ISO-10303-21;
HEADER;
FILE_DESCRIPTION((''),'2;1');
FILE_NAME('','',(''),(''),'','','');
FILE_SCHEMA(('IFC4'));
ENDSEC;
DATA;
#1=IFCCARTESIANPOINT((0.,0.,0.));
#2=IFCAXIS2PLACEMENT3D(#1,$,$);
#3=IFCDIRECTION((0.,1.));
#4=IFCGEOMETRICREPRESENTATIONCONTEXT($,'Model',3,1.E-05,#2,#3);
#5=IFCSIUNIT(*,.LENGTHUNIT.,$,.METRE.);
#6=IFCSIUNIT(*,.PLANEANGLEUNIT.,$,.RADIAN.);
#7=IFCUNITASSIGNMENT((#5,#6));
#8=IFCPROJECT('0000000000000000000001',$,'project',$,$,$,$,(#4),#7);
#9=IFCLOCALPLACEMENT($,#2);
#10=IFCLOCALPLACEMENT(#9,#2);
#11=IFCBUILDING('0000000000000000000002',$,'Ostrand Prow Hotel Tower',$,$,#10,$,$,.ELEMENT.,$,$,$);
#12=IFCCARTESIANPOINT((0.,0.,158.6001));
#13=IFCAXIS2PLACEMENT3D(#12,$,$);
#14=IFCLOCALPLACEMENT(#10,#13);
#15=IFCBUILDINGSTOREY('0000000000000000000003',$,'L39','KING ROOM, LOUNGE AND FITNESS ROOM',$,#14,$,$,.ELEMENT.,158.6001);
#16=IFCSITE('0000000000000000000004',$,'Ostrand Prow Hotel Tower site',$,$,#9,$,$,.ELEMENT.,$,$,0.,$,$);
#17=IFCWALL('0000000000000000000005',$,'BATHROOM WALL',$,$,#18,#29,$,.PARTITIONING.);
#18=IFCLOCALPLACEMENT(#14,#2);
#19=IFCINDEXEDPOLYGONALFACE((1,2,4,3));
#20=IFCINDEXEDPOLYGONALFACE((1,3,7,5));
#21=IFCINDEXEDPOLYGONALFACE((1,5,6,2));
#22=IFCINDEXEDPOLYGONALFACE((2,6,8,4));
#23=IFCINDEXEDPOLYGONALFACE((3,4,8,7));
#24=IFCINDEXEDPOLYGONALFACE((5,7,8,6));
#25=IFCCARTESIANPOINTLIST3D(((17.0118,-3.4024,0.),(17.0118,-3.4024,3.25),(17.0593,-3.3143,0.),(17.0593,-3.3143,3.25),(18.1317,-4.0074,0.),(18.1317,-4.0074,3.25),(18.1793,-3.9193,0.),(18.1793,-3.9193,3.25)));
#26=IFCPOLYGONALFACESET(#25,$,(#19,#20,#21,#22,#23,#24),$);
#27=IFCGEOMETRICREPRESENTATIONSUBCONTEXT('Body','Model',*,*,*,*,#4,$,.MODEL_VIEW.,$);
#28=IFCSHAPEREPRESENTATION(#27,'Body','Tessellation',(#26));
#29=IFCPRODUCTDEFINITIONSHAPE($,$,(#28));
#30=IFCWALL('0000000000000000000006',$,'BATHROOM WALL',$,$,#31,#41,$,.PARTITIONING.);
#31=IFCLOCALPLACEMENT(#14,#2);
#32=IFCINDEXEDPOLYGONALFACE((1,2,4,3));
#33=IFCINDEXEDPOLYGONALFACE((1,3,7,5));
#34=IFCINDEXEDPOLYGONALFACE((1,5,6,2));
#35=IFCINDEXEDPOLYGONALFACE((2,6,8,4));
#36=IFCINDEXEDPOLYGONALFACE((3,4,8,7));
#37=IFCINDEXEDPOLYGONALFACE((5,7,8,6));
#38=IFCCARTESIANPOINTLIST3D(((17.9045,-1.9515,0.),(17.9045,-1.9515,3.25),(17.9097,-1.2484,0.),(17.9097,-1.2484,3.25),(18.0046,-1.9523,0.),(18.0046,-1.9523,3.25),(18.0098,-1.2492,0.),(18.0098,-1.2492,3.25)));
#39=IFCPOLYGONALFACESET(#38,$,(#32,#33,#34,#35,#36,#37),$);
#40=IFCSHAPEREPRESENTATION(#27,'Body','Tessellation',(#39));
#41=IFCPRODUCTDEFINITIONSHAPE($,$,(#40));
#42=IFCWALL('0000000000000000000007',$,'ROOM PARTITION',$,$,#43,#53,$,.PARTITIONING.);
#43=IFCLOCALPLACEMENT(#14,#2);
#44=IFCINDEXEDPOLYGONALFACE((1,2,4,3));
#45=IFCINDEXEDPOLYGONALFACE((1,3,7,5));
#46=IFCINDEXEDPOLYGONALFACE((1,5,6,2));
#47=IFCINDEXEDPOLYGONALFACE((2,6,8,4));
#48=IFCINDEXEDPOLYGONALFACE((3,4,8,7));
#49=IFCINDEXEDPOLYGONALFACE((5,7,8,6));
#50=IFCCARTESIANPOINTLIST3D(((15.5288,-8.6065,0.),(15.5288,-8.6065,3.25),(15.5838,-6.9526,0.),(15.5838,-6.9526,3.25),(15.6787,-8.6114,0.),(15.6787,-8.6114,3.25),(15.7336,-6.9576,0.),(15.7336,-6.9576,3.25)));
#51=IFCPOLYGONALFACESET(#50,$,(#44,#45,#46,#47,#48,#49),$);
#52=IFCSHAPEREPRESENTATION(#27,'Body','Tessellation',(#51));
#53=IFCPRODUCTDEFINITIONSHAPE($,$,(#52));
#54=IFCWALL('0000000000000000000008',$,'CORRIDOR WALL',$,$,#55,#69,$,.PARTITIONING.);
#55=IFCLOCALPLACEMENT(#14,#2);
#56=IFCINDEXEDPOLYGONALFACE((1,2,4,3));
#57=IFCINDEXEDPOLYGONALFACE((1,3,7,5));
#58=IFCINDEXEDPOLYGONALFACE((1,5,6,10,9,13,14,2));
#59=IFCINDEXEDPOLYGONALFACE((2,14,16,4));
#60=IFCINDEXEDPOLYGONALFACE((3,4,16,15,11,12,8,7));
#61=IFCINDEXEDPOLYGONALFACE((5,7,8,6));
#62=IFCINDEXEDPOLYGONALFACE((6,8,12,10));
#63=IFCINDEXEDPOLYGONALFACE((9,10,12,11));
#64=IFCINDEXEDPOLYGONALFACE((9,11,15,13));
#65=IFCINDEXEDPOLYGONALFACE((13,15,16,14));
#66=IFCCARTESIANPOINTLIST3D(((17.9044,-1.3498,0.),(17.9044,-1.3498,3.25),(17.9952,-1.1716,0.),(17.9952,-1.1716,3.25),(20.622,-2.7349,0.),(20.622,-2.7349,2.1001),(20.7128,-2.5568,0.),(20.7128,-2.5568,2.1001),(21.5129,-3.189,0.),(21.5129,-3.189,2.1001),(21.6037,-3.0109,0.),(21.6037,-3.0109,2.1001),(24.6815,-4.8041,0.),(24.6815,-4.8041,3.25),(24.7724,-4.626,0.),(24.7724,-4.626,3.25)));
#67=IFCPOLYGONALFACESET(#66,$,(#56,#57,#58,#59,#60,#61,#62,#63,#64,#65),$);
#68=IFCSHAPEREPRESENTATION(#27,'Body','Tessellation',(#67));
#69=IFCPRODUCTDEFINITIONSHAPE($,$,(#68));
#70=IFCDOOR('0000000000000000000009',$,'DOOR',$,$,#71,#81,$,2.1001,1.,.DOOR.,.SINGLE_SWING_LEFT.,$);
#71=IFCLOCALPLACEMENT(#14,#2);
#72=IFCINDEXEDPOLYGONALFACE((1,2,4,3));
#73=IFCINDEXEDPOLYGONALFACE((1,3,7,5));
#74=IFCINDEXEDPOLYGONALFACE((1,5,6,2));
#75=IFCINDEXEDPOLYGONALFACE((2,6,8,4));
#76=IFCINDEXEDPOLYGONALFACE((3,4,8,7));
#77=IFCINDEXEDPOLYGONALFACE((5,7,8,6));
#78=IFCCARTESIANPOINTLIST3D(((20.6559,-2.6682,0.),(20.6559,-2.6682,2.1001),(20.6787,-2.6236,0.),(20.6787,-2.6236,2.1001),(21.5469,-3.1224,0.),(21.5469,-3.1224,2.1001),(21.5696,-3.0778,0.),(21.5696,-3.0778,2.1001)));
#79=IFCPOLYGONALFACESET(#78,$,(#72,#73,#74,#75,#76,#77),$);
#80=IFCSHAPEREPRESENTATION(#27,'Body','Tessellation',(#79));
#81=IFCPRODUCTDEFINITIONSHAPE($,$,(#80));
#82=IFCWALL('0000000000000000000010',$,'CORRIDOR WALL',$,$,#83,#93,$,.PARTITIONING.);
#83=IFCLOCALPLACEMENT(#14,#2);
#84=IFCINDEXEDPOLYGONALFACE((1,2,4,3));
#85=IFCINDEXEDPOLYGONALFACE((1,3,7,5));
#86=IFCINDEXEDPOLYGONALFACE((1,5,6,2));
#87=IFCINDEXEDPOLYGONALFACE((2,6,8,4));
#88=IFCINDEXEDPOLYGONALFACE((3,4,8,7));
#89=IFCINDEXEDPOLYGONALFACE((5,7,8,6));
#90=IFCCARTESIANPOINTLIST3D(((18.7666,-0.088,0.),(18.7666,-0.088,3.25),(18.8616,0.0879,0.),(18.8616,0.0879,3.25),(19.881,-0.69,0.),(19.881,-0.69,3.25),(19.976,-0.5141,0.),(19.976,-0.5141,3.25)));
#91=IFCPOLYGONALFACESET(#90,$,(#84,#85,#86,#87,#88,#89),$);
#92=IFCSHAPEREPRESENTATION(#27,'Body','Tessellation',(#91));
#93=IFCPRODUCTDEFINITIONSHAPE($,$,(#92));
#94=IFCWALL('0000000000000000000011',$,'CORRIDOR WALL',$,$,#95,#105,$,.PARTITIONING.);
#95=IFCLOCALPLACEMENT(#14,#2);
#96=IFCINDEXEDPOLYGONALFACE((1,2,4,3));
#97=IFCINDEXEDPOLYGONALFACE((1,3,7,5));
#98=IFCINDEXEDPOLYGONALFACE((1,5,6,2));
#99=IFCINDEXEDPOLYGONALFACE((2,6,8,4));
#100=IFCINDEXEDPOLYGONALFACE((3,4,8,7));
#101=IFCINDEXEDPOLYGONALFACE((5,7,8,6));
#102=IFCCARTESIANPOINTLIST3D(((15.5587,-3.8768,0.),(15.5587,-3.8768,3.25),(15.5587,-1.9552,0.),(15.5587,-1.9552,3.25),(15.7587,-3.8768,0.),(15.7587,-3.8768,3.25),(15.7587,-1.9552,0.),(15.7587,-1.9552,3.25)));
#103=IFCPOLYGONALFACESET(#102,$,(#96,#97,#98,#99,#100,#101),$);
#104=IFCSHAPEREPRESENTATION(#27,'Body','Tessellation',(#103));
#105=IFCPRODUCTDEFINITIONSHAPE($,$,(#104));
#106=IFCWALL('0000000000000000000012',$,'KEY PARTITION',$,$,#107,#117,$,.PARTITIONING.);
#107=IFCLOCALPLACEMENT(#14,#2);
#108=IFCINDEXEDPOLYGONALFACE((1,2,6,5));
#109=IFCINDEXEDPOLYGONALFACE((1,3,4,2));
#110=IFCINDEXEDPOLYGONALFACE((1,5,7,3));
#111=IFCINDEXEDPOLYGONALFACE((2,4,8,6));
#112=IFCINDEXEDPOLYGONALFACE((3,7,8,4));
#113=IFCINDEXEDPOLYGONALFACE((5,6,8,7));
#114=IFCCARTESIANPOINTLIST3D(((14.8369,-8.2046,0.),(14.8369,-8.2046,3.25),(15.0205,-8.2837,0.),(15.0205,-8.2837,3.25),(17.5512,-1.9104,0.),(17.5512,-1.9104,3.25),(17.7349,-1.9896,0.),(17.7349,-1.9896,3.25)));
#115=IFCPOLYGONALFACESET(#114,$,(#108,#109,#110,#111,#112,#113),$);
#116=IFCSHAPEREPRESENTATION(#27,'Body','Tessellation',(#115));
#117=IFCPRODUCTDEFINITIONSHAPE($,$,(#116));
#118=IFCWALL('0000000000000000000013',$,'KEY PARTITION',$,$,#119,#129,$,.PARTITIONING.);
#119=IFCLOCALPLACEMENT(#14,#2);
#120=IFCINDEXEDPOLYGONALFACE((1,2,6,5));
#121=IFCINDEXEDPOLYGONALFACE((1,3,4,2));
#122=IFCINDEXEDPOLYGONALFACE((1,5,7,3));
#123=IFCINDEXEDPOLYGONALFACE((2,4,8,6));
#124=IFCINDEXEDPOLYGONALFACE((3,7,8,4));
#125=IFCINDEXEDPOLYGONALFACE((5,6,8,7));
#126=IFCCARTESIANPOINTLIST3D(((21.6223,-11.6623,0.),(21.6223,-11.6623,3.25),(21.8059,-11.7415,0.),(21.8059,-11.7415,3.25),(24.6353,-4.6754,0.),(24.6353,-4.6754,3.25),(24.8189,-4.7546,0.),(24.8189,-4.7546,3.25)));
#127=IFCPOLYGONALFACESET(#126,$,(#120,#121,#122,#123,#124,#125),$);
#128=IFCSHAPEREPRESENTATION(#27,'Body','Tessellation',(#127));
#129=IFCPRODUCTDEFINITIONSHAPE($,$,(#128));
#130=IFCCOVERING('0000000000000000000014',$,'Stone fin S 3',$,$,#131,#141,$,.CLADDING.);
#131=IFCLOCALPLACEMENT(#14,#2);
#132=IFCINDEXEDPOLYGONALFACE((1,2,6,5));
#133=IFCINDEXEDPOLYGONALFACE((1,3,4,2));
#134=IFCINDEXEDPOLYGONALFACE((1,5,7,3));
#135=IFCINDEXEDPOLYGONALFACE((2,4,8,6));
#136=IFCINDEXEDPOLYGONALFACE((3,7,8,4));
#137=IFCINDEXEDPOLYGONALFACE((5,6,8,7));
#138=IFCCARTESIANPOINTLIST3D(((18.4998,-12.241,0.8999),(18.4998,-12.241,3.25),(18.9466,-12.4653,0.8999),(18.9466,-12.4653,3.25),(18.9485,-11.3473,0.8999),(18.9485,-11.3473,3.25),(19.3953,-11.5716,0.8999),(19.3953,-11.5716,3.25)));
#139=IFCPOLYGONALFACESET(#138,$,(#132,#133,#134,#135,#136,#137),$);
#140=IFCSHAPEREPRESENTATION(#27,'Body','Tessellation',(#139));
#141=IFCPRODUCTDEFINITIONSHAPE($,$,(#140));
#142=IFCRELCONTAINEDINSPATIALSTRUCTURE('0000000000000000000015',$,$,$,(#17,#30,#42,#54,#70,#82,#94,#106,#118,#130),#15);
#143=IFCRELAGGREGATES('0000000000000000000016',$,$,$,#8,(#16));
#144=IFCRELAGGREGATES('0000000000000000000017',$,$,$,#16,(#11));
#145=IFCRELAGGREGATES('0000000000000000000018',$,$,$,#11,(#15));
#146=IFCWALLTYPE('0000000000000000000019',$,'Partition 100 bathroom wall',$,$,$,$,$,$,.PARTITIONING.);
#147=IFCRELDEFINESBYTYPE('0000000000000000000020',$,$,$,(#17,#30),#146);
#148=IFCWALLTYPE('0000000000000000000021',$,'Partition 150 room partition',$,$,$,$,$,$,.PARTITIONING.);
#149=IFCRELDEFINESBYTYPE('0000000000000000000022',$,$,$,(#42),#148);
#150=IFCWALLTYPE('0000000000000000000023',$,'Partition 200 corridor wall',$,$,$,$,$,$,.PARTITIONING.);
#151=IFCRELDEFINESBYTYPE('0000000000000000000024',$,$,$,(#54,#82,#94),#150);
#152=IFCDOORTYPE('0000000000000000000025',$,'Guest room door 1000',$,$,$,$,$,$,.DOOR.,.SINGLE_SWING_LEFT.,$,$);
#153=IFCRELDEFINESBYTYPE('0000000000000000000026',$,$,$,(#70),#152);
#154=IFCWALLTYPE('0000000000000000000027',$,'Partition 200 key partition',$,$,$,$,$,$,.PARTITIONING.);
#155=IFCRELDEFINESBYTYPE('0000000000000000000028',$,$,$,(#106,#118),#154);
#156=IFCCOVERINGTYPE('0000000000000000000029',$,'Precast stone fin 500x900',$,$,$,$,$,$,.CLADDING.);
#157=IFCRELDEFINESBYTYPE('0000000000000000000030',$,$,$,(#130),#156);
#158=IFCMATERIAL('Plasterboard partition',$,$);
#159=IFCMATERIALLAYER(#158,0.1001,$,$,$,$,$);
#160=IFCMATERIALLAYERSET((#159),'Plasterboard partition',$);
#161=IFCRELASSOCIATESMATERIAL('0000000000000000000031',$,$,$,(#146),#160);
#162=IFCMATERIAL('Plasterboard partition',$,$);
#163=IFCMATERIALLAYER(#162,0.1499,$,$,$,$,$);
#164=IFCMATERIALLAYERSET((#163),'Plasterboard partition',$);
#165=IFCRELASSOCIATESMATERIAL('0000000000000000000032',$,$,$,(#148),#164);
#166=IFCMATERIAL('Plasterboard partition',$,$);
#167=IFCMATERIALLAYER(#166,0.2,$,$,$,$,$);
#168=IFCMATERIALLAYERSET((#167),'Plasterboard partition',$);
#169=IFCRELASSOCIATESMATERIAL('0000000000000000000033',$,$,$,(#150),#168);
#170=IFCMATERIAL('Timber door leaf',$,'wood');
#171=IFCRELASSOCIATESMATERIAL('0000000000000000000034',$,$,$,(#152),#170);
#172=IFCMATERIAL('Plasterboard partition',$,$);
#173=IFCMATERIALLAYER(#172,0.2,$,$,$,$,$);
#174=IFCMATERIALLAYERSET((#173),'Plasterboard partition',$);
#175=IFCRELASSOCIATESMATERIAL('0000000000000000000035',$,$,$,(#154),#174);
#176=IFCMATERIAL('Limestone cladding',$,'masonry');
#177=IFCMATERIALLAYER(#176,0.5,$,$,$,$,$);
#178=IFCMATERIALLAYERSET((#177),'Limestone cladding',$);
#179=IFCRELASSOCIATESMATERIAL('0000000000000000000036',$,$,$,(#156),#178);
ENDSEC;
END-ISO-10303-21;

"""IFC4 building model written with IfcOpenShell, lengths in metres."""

from ifc_helpers import new_model, si_unit, direction, frame, frame_2d, origin, place, context, subcontext, project, spatial, rectangle, extrude, material, layer, layer_set, type_object, element, fill, save


model = new_model("IFC4")

# Units and contexts
model_context = context("Model", 3, precision=1e-05, world=origin(), true_north=direction((0.0, 1.0)))
body_context = subcontext(model_context, "Body", "Model", "MODEL_VIEW")
ifc_project = project(units=[si_unit("LENGTHUNIT", "METRE"), si_unit("PLANEANGLEUNIT", "RADIAN")], contexts=[model_context])

# Site, building, storey
site_placement = place(None, origin())
site = spatial("IfcSite", under=ifc_project, at=site_placement, Name="Ostrand Prow Hotel Tower site", CompositionType="ELEMENT", RefElevation=0.0)
building_placement = place(site_placement, origin())
building = spatial("IfcBuilding", under=site, at=building_placement, Name="Ostrand Prow Hotel Tower", CompositionType="ELEMENT")
storey_placement = place(building_placement, frame((0.0, 0.0, 158.6001)))
storey = spatial("IfcBuildingStorey", under=building, at=storey_placement, Name="L39", Description="KING ROOM, LOUNGE AND FITNESS ROOM", CompositionType="ELEMENT", Elevation=158.6001)

# Shared definitions
ifc_material_1 = material(Name="Plasterboard partition")
ifc_layer_1 = layer(ifc_material_1, 0.1001)
ifc_layer_set_1 = layer_set([ifc_layer_1], Name="Plasterboard partition")
wall_type_1 = type_object("IfcWallType", Name="Partition 100 bathroom wall", PredefinedType="PARTITIONING", material=ifc_layer_set_1)

# Walls
wall_1_placement = place(storey_placement, frame((18.1555, -3.9634, 0.0), z_axis=(0.0, 0.0, 1.0), x_axis=(-0.879824, 0.4753, 0.0)))
element("IfcWall", 1, at=wall_1_placement, inside=storey, type_object=wall_type_1, Name="BATHROOM WALL", PredefinedType="PARTITIONING", context=body_context, shape_type="SweptSolid", body=[
    extrude(rectangle(XDim=1.2729, YDim=0.1001, at=frame_2d((0.6365, 0.0))), origin(), (0.0, 0.0, 1.0), 3.25),
])
wall_2_placement = place(storey_placement, frame((17.9546, -1.9519, 0.0), z_axis=(0.0, 0.0, 1.0), x_axis=(0.007291, 0.999973, 0.0)))
element("IfcWall", 2, at=wall_2_placement, inside=storey, type_object=wall_type_1, Name="BATHROOM WALL", PredefinedType="PARTITIONING", context=body_context, shape_type="SweptSolid", body=[
    extrude(rectangle(XDim=0.7031, YDim=0.1001, at=frame_2d((0.3516, 0.0))), origin(), (0.0, 0.0, 1.0), 3.25),
])
ifc_material_2 = material(Name="Plasterboard partition")
ifc_layer_2 = layer(ifc_material_2, 0.1499)
ifc_layer_set_2 = layer_set([ifc_layer_2], Name="Plasterboard partition")
wall_type_2 = type_object("IfcWallType", Name="Partition 150 room partition", PredefinedType="PARTITIONING", material=ifc_layer_set_2)
wall_3_placement = place(storey_placement, frame((15.6587, -6.9551, 0.0), z_axis=(0.0, 0.0, 1.0), x_axis=(-0.033197, -0.999449, 0.0)))
element("IfcWall", 3, at=wall_3_placement, inside=storey, type_object=wall_type_2, Name="ROOM PARTITION", PredefinedType="PARTITIONING", context=body_context, shape_type="SweptSolid", body=[
    extrude(rectangle(XDim=1.6548, YDim=0.1499, at=frame_2d((0.8274, 0.0))), origin(), (0.0, 0.0, 1.0), 3.25),
])

# Wall, opening, door
ifc_material_3 = material(Name="Plasterboard partition")
ifc_layer_3 = layer(ifc_material_3, 0.2)
ifc_layer_set_3 = layer_set([ifc_layer_3], Name="Plasterboard partition")
wall_type_3 = type_object("IfcWallType", Name="Partition 200 corridor wall", PredefinedType="PARTITIONING", material=ifc_layer_set_3)
wall_4_placement = place(storey_placement, frame((17.95, -1.2607, 0.0), z_axis=(0.0, 0.0, 1.0), x_axis=(0.890941, -0.45412, 0.0)))
wall_4 = element("IfcWall", 4, at=wall_4_placement, inside=storey, type_object=wall_type_3, Name="CORRIDOR WALL", PredefinedType="PARTITIONING", context=body_context, shape_type="SweptSolid", body=[
    extrude(rectangle(XDim=7.6067, YDim=0.2, at=frame_2d((3.8032, 0.0))), origin(), (0.0, 0.0, 1.0), 3.25),
])
opening_1_placement = place(wall_4_placement, frame((3.05, 0.0, 0.0)))
opening_1 = element("IfcOpeningElement", 5, at=opening_1_placement, cuts=wall_4, PredefinedType="OPENING", context=body_context, shape_type="SweptSolid", body=[
    extrude(rectangle(XDim=1.0, YDim=2.1001, at=frame_2d((0.5, 1.05))), frame((0.0, 0.1099, 0.0), z_axis=(0.0, -1.0, 0.0), x_axis=(1.0, 0.0, 0.0)), (0.0, 0.0, 1.0), 0.22),
])
ifc_material_4 = material(Name="Timber door leaf", Category="wood")
door_type_1 = type_object("IfcDoorType", Name="Guest room door 1000", OperationType="SINGLE_SWING_LEFT", PredefinedType="DOOR", material=ifc_material_4)
door_1_placement = place(opening_1_placement, origin())
door_1 = element("IfcDoor", 6, at=door_1_placement, inside=storey, type_object=door_type_1, Name="DOOR", OperationType="SINGLE_SWING_LEFT", OverallHeight=2.1001, OverallWidth=1.0, PredefinedType="DOOR", context=body_context, shape_type="SweptSolid", body=[
    extrude(rectangle(XDim=1.0, YDim=2.1001, at=frame_2d((0.5, 1.05))), frame((0.0, 0.0249, 0.0), z_axis=(0.0, -1.0, 0.0), x_axis=(1.0, 0.0, 0.0)), (0.0, 0.0, 1.0), 0.05),
])
fill(opening_1, door_1)

# Walls
wall_5_placement = place(storey_placement, frame((19.9285, -0.6021, 0.0), z_axis=(0.0, 0.0, 1.0), x_axis=(-0.879833, 0.475283, 0.0)))
element("IfcWall", 7, at=wall_5_placement, inside=storey, type_object=wall_type_3, Name="CORRIDOR WALL", PredefinedType="PARTITIONING", context=body_context, shape_type="SweptSolid", body=[
    extrude(rectangle(XDim=1.2666, YDim=0.2, at=frame_2d((0.6333, 0.0))), origin(), (0.0, 0.0, 1.0), 3.25),
])
wall_6_placement = place(storey_placement, frame((15.6587, -1.9551, 0.0), z_axis=(0.0, 0.0, 1.0), x_axis=(0.0, -1.0, 0.0)))
element("IfcWall", 8, at=wall_6_placement, inside=storey, type_object=wall_type_3, Name="CORRIDOR WALL", PredefinedType="PARTITIONING", context=body_context, shape_type="SweptSolid", body=[
    extrude(rectangle(XDim=1.9216, YDim=0.2, at=frame_2d((0.9609, 0.0))), origin(), (0.0, 0.0, 1.0), 3.25),
])
ifc_material_5 = material(Name="Plasterboard partition")
ifc_layer_4 = layer(ifc_material_5, 0.2)
ifc_layer_set_4 = layer_set([ifc_layer_4], Name="Plasterboard partition")
wall_type_4 = type_object("IfcWallType", Name="Partition 200 key partition", PredefinedType="PARTITIONING", material=ifc_layer_set_4)
wall_7_placement = place(storey_placement, frame((14.9287, -8.2441, 0.0), z_axis=(0.0, 0.0, 1.0), x_axis=(0.395995, 0.918253, 0.0)))
element("IfcWall", 9, at=wall_7_placement, inside=storey, type_object=wall_type_4, Name="KEY PARTITION", PredefinedType="PARTITIONING", context=body_context, shape_type="SweptSolid", body=[
    extrude(rectangle(XDim=6.8545, YDim=0.2, at=frame_2d((3.4272, 0.0))), origin(), (0.0, 0.0, 1.0), 3.25),
])
wall_8_placement = place(storey_placement, frame((21.7141, -11.7019, 0.0), z_axis=(0.0, 0.0, 1.0), x_axis=(0.395982, 0.918258, 0.0)))
element("IfcWall", 10, at=wall_8_placement, inside=storey, type_object=wall_type_4, Name="KEY PARTITION", PredefinedType="PARTITIONING", context=body_context, shape_type="SweptSolid", body=[
    extrude(rectangle(XDim=7.6089, YDim=0.2, at=frame_2d((3.8044, 0.0))), origin(), (0.0, 0.0, 1.0), 3.25),
])

# Covering
ifc_material_6 = material(Name="Limestone cladding", Category="masonry")
ifc_layer_5 = layer(ifc_material_6, 0.5)
ifc_layer_set_5 = layer_set([ifc_layer_5], Name="Limestone cladding")
covering_type = type_object("IfcCoveringType", Name="Precast stone fin 500x900", PredefinedType="CLADDING", material=ifc_layer_set_5)
covering_placement = place(storey_placement, frame((19.1719, -11.4595, 0.8999), z_axis=(0.0, 0.0, 1.0), x_axis=(-0.448678, -0.893694, 0.0)))
element("IfcCovering", 11, at=covering_placement, inside=storey, type_object=covering_type, Name="Stone fin S 3", PredefinedType="CLADDING", context=body_context, shape_type="SweptSolid", body=[
    extrude(rectangle(XDim=1.0, YDim=0.5, at=frame_2d((0.5, 0.0))), origin(), (0.0, 0.0, 1.0), 2.3501),
])

save(model, "model.ifc")
